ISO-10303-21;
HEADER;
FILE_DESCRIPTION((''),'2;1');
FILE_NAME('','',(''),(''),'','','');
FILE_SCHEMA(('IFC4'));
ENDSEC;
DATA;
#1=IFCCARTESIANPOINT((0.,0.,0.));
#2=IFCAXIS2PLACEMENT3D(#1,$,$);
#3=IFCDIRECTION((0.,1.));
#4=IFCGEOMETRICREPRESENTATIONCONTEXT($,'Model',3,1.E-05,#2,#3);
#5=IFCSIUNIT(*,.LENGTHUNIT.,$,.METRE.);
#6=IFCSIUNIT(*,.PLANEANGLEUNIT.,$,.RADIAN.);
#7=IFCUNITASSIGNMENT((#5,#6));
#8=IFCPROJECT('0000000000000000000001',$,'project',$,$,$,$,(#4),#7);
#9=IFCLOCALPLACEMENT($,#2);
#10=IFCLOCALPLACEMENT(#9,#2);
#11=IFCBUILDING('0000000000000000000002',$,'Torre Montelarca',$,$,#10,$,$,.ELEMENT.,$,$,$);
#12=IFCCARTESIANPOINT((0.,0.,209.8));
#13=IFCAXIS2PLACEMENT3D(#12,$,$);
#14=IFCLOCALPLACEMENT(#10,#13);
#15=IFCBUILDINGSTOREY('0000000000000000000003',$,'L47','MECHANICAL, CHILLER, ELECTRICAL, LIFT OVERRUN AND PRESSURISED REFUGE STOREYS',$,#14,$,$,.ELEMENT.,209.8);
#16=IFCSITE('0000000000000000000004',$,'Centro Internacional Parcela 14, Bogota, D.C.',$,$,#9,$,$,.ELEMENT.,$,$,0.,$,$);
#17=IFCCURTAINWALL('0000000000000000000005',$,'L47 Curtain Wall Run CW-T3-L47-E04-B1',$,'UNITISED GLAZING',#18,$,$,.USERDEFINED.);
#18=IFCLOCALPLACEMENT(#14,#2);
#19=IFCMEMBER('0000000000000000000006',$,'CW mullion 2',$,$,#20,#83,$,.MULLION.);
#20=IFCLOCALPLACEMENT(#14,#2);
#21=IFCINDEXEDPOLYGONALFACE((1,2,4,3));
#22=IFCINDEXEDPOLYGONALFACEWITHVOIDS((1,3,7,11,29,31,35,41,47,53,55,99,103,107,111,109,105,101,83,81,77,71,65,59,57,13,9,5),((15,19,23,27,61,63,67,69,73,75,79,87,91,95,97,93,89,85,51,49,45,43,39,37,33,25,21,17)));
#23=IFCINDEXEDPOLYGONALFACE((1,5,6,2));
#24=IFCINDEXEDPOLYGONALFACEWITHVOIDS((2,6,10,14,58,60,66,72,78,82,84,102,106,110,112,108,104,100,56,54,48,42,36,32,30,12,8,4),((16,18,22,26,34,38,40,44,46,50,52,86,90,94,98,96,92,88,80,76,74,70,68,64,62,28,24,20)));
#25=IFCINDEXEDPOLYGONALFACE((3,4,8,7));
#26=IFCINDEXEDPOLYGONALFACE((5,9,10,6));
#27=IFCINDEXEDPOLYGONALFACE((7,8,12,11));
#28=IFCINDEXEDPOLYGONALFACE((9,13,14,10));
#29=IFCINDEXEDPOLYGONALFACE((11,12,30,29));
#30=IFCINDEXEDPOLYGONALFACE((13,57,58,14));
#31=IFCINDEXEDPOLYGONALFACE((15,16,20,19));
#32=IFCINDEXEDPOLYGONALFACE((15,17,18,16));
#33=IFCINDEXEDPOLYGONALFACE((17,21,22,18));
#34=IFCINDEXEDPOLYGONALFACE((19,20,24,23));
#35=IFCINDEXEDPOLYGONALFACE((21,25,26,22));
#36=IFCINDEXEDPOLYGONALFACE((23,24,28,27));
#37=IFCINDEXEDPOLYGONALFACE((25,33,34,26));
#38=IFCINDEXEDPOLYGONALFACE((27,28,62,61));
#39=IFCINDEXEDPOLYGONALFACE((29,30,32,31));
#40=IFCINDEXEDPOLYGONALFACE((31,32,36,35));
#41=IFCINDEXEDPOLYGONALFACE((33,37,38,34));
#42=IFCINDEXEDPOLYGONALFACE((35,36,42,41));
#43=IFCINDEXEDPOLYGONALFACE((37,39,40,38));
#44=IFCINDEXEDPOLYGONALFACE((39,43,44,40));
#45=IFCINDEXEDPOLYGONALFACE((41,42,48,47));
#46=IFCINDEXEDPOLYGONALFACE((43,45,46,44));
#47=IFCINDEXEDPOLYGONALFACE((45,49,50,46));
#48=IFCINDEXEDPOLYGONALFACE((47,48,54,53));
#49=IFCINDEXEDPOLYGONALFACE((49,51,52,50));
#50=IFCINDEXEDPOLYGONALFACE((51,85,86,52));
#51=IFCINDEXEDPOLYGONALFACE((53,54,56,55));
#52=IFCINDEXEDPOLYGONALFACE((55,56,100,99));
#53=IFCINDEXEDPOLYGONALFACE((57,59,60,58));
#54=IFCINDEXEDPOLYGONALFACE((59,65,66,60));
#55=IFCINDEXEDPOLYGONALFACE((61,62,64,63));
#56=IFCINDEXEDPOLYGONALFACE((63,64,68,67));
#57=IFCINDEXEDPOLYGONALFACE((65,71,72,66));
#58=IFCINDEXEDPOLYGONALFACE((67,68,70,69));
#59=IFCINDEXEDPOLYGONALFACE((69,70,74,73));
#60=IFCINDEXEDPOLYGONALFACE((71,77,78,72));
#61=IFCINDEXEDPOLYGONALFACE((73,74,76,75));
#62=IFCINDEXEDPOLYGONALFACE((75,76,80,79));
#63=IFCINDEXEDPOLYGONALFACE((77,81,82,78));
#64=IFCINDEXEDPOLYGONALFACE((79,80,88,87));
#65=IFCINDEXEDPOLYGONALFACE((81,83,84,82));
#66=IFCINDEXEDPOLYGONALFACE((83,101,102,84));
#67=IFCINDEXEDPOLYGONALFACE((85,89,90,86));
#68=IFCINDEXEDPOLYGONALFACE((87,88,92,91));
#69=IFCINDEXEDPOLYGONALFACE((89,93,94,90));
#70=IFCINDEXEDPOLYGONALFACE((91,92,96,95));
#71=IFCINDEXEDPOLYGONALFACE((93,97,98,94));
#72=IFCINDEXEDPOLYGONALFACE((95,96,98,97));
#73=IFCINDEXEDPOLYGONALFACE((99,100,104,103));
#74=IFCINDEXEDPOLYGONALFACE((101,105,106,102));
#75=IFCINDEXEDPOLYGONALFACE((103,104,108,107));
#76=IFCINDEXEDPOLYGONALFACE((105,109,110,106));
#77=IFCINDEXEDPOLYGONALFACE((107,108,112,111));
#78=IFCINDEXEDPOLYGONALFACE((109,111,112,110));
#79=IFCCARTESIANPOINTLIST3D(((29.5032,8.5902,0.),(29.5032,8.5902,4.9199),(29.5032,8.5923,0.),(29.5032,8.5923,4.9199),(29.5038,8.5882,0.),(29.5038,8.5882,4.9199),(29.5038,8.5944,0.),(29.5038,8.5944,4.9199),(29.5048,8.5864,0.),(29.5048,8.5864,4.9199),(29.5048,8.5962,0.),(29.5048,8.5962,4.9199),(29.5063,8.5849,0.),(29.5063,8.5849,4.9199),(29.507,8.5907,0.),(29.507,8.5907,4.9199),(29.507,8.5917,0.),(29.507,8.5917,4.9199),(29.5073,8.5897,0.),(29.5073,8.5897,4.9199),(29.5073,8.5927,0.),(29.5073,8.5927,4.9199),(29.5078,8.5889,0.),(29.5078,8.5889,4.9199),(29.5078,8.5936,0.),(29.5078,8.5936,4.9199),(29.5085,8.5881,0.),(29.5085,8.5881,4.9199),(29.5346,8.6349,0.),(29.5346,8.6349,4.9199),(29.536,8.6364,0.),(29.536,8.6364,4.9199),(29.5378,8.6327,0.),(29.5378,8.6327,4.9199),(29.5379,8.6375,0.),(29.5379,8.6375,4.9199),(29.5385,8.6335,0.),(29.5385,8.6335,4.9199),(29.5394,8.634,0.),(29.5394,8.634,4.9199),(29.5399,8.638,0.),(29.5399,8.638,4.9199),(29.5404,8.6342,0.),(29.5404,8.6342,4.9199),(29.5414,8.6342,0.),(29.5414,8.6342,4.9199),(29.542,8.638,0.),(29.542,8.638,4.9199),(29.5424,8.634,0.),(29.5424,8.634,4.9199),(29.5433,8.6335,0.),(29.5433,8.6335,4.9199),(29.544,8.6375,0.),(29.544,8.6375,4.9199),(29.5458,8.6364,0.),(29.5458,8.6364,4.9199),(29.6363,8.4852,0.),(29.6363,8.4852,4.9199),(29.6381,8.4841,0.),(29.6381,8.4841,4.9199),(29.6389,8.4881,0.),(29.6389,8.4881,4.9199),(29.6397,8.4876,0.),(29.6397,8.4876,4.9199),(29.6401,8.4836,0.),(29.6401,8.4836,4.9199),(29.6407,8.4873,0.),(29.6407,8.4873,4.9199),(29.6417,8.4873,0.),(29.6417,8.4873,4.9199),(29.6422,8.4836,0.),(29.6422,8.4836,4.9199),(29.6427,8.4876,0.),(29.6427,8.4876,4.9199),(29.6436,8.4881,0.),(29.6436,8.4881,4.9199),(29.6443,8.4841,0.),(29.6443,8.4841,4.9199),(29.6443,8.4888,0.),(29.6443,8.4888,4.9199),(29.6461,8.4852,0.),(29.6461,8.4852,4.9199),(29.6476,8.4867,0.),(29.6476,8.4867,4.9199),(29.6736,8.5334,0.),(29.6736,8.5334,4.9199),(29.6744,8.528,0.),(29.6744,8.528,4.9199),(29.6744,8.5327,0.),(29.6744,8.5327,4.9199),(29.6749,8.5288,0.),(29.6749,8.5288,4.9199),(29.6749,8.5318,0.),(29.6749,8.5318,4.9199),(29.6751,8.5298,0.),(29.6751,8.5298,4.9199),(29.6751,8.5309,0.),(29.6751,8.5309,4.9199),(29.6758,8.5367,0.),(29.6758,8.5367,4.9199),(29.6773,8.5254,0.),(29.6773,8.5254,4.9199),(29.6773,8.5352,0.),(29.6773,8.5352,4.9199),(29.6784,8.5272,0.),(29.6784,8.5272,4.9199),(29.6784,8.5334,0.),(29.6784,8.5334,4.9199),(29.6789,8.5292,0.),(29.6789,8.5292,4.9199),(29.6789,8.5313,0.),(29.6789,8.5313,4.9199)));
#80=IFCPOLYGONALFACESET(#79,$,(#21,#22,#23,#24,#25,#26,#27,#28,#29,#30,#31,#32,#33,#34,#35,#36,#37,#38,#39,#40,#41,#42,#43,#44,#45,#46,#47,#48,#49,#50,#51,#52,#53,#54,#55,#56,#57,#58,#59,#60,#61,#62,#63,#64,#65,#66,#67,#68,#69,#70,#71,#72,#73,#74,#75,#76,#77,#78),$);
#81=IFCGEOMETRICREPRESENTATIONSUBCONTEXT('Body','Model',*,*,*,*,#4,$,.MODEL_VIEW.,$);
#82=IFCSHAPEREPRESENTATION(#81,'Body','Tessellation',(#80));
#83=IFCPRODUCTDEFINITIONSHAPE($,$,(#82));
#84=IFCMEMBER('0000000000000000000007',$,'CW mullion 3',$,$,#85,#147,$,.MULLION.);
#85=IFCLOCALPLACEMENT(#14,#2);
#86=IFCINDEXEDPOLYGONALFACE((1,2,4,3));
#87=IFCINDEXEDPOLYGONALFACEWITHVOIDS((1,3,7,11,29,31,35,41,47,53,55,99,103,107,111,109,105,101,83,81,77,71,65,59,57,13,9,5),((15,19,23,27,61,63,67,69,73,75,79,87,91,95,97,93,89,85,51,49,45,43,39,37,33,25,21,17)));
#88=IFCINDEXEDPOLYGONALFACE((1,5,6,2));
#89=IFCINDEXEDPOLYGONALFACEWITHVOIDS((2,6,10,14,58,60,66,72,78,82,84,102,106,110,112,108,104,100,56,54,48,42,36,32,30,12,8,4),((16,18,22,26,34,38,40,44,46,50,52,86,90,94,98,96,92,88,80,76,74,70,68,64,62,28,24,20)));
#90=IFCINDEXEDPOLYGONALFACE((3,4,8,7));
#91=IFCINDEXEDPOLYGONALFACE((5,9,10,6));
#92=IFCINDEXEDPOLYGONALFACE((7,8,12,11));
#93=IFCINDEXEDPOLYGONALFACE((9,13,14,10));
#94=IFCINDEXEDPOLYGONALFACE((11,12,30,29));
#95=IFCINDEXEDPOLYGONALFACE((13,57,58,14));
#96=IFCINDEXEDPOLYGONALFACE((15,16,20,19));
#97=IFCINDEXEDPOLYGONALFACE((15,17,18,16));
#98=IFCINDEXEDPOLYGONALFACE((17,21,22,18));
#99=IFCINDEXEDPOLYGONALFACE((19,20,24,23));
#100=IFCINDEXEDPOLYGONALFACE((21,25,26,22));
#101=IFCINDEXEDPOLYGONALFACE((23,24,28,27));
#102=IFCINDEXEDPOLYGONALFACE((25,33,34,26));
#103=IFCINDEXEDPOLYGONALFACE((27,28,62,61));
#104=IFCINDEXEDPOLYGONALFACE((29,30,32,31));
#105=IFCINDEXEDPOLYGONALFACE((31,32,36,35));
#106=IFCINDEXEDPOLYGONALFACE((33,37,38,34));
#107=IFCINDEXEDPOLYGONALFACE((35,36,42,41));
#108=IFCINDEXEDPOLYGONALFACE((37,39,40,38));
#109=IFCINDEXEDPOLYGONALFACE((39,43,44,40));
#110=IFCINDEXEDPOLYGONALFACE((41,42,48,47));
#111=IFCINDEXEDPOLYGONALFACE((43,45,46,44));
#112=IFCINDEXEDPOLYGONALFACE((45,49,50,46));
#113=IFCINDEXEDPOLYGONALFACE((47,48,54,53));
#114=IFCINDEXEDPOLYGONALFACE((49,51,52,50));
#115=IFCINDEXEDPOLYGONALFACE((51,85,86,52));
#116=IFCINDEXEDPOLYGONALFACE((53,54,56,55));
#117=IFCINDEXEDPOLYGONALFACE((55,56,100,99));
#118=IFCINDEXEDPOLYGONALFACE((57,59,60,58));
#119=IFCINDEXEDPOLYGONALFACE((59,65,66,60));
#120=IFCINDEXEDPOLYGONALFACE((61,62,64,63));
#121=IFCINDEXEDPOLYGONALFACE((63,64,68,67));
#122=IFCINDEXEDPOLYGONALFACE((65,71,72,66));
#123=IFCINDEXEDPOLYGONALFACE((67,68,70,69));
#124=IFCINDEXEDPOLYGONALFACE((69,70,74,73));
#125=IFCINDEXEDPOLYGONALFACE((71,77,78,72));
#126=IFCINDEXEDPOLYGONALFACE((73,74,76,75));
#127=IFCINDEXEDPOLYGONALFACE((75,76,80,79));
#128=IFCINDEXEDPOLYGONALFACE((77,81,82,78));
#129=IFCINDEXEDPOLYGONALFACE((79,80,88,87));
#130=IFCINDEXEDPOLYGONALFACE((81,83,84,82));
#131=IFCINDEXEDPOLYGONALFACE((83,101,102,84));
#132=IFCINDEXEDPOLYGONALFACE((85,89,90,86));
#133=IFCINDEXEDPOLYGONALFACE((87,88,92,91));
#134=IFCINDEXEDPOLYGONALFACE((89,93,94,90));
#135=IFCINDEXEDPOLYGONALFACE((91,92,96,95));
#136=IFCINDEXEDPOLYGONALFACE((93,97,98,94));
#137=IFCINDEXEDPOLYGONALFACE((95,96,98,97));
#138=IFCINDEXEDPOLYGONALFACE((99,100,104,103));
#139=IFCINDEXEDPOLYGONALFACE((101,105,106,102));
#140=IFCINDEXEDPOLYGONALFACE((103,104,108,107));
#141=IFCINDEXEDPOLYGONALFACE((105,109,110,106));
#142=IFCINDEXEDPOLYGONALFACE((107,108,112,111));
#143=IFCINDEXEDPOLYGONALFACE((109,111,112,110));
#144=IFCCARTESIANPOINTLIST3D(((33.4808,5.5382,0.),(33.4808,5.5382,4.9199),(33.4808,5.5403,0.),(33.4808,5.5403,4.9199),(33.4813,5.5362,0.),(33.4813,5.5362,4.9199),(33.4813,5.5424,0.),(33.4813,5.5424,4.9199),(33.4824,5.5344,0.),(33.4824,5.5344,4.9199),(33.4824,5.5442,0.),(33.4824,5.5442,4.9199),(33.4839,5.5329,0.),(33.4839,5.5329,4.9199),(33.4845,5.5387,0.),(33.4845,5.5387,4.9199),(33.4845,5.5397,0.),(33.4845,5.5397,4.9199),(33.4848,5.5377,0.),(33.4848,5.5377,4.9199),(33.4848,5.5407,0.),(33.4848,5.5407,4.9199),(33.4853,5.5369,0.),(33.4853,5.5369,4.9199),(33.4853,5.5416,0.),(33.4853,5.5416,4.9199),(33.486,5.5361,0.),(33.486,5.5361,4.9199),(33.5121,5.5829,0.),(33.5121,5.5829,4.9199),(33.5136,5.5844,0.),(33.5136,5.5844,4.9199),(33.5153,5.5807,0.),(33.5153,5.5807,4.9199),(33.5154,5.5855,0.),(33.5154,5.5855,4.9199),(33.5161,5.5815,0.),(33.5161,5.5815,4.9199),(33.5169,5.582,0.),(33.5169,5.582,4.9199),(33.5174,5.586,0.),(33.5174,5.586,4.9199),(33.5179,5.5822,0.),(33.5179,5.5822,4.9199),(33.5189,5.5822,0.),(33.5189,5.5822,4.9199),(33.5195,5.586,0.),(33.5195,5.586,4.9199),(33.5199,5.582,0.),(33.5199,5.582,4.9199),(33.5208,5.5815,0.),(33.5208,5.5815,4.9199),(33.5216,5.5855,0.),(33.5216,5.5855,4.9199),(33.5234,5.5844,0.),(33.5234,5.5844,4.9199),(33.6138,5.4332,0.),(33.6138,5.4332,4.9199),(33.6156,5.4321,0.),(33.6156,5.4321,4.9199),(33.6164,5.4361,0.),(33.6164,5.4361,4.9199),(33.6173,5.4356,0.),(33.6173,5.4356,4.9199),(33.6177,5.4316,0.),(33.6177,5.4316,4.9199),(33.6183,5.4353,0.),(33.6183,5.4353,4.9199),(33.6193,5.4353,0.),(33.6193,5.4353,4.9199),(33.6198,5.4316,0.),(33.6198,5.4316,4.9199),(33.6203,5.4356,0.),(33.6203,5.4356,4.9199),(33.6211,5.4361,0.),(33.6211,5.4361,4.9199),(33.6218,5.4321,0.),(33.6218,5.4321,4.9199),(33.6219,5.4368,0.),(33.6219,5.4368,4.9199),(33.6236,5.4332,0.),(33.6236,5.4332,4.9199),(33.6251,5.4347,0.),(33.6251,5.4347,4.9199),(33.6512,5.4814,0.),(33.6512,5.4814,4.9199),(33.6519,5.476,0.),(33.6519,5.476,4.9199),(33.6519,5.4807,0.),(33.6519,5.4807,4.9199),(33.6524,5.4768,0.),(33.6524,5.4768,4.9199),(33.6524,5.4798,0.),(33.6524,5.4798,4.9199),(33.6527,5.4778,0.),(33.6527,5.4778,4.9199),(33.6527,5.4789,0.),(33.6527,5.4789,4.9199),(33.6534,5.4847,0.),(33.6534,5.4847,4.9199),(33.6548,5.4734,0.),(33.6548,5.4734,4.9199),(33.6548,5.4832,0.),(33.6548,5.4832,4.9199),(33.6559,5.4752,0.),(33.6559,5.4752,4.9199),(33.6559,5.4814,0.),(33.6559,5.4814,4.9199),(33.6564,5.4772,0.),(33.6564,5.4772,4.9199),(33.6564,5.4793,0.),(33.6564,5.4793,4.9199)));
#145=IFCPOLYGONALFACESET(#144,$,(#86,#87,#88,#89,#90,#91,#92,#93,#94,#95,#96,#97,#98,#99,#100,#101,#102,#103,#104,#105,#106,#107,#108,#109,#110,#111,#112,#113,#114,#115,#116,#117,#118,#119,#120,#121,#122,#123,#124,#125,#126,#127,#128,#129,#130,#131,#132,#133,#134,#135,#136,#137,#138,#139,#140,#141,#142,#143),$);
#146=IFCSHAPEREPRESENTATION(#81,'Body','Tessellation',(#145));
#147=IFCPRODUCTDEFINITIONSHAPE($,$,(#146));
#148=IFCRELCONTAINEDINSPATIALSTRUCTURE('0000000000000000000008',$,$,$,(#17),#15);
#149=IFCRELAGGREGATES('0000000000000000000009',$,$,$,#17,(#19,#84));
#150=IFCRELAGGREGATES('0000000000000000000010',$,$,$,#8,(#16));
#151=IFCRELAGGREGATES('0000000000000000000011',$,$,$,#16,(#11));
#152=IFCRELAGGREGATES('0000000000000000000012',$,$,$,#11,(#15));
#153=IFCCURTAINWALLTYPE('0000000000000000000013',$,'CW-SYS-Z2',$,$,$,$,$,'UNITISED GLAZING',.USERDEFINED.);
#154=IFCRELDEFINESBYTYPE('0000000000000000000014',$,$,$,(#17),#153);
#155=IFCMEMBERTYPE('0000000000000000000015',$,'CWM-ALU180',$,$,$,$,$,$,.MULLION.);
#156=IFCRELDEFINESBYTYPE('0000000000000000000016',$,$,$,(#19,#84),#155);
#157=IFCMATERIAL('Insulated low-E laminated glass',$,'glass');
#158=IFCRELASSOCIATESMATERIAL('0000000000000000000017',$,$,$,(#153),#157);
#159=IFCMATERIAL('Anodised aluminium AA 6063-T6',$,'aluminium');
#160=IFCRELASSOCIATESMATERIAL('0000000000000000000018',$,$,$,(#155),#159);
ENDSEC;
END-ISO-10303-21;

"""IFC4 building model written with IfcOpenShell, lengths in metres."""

from ifc_helpers import new_model, si_unit, direction, frame, origin, origin_2d, place, context, subcontext, project, spatial, hollow_rectangle, extrude, source, transform, mapped, material, material_profile, profile_set, type_object, element, aggregate, save


model = new_model("IFC4")

# Units and contexts
model_context = context("Model", 3, precision=1e-05, world=origin(), true_north=direction((0.0, 1.0)))
body_context = subcontext(model_context, "Body", "Model", "MODEL_VIEW")
ifc_project = project(units=[si_unit("LENGTHUNIT", "METRE"), si_unit("PLANEANGLEUNIT", "RADIAN")], contexts=[model_context])

# Site, building, storey
site_placement = place(None, origin())
site = spatial("IfcSite", under=ifc_project, at=site_placement, Name="Centro Internacional Parcela 14, Bogota, D.C.", CompositionType="ELEMENT", RefElevation=0.0)
building_placement = place(site_placement, origin())
building = spatial("IfcBuilding", under=site, at=building_placement, Name="Torre Montelarca", CompositionType="ELEMENT")
storey_placement = place(building_placement, frame((0.0, 0.0, 209.8)))
storey = spatial("IfcBuildingStorey", under=building, at=storey_placement, Name="L47", Description="MECHANICAL, CHILLER, ELECTRICAL, LIFT OVERRUN AND PRESSURISED REFUGE STOREYS", CompositionType="ELEMENT", Elevation=209.8)

# Shared definitions
ifc_material_1 = material(Name="Insulated low-E laminated glass", Category="glass")
curtain_wall_type = type_object("IfcCurtainWallType", Name="CW-SYS-Z2", ElementType="UNITISED GLAZING", PredefinedType="USERDEFINED", material=ifc_material_1)
ifc_material_2 = material(Name="Anodised aluminium AA 6063-T6", Category="aluminium")

# Shared definitions
ifc_material_profile_1 = material_profile(ifc_material_2, hollow_rectangle(XDim=0.0649, YDim=0.1799, WallThickness=0.0039, InnerFilletRadius=0.0039, OuterFilletRadius=0.0081, at=origin_2d()), Name="ALU65X180X4", Category="aluminium")
ifc_profile_set_1 = profile_set([ifc_material_profile_1], Name="Anodised aluminium AA 6063-T6")
member_type_1 = type_object("IfcMemberType", Name="CWM-ALU180", PredefinedType="MULLION", material=ifc_profile_set_1)
shared_shape_1 = source(origin(), body_context, "Body", "SweptSolid", [
    extrude(hollow_rectangle(XDim=0.0649, YDim=0.1799, WallThickness=0.0039, InnerFilletRadius=0.0039, OuterFilletRadius=0.0081, at=origin_2d()), origin(), (0.0, 0.0, 1.0), 4.9199),
])

# Curtain wall, members
curtain_wall_1_placement = place(storey_placement, origin())
curtain_wall_1 = element("IfcCurtainWall", 1, at=curtain_wall_1_placement, inside=storey, type_object=curtain_wall_type, Name="L47 Curtain Wall Run CW-T3-L47-E04-B1", ObjectType="UNITISED GLAZING", PredefinedType="USERDEFINED")
member_1_placement = place(storey_placement, frame((29.5911, 8.5608, 0.0), z_axis=(0.0, 0.0, 1.0), x_axis=(0.608758, 0.793356, 0.0)))
member_1 = element("IfcMember", 2, at=member_1_placement, type_object=member_type_1, Name="CW mullion 2", PredefinedType="MULLION", context=body_context, shape_type="MappedRepresentation", body=[
    mapped(shared_shape_1, transform((0.0, 0.0, 0.0), scale=1.0)),
])
member_2_placement = place(storey_placement, frame((33.5686, 5.5088, 0.0), z_axis=(0.0, 0.0, 1.0), x_axis=(0.608758, 0.793356, 0.0)))
member_2 = element("IfcMember", 3, at=member_2_placement, type_object=member_type_1, Name="CW mullion 3", PredefinedType="MULLION", context=body_context, shape_type="MappedRepresentation", body=[
    mapped(shared_shape_1, transform((0.0, 0.0, 0.0), scale=1.0)),
])

aggregate(curtain_wall_1, [member_1, member_2])

save(model, "model.ifc")
